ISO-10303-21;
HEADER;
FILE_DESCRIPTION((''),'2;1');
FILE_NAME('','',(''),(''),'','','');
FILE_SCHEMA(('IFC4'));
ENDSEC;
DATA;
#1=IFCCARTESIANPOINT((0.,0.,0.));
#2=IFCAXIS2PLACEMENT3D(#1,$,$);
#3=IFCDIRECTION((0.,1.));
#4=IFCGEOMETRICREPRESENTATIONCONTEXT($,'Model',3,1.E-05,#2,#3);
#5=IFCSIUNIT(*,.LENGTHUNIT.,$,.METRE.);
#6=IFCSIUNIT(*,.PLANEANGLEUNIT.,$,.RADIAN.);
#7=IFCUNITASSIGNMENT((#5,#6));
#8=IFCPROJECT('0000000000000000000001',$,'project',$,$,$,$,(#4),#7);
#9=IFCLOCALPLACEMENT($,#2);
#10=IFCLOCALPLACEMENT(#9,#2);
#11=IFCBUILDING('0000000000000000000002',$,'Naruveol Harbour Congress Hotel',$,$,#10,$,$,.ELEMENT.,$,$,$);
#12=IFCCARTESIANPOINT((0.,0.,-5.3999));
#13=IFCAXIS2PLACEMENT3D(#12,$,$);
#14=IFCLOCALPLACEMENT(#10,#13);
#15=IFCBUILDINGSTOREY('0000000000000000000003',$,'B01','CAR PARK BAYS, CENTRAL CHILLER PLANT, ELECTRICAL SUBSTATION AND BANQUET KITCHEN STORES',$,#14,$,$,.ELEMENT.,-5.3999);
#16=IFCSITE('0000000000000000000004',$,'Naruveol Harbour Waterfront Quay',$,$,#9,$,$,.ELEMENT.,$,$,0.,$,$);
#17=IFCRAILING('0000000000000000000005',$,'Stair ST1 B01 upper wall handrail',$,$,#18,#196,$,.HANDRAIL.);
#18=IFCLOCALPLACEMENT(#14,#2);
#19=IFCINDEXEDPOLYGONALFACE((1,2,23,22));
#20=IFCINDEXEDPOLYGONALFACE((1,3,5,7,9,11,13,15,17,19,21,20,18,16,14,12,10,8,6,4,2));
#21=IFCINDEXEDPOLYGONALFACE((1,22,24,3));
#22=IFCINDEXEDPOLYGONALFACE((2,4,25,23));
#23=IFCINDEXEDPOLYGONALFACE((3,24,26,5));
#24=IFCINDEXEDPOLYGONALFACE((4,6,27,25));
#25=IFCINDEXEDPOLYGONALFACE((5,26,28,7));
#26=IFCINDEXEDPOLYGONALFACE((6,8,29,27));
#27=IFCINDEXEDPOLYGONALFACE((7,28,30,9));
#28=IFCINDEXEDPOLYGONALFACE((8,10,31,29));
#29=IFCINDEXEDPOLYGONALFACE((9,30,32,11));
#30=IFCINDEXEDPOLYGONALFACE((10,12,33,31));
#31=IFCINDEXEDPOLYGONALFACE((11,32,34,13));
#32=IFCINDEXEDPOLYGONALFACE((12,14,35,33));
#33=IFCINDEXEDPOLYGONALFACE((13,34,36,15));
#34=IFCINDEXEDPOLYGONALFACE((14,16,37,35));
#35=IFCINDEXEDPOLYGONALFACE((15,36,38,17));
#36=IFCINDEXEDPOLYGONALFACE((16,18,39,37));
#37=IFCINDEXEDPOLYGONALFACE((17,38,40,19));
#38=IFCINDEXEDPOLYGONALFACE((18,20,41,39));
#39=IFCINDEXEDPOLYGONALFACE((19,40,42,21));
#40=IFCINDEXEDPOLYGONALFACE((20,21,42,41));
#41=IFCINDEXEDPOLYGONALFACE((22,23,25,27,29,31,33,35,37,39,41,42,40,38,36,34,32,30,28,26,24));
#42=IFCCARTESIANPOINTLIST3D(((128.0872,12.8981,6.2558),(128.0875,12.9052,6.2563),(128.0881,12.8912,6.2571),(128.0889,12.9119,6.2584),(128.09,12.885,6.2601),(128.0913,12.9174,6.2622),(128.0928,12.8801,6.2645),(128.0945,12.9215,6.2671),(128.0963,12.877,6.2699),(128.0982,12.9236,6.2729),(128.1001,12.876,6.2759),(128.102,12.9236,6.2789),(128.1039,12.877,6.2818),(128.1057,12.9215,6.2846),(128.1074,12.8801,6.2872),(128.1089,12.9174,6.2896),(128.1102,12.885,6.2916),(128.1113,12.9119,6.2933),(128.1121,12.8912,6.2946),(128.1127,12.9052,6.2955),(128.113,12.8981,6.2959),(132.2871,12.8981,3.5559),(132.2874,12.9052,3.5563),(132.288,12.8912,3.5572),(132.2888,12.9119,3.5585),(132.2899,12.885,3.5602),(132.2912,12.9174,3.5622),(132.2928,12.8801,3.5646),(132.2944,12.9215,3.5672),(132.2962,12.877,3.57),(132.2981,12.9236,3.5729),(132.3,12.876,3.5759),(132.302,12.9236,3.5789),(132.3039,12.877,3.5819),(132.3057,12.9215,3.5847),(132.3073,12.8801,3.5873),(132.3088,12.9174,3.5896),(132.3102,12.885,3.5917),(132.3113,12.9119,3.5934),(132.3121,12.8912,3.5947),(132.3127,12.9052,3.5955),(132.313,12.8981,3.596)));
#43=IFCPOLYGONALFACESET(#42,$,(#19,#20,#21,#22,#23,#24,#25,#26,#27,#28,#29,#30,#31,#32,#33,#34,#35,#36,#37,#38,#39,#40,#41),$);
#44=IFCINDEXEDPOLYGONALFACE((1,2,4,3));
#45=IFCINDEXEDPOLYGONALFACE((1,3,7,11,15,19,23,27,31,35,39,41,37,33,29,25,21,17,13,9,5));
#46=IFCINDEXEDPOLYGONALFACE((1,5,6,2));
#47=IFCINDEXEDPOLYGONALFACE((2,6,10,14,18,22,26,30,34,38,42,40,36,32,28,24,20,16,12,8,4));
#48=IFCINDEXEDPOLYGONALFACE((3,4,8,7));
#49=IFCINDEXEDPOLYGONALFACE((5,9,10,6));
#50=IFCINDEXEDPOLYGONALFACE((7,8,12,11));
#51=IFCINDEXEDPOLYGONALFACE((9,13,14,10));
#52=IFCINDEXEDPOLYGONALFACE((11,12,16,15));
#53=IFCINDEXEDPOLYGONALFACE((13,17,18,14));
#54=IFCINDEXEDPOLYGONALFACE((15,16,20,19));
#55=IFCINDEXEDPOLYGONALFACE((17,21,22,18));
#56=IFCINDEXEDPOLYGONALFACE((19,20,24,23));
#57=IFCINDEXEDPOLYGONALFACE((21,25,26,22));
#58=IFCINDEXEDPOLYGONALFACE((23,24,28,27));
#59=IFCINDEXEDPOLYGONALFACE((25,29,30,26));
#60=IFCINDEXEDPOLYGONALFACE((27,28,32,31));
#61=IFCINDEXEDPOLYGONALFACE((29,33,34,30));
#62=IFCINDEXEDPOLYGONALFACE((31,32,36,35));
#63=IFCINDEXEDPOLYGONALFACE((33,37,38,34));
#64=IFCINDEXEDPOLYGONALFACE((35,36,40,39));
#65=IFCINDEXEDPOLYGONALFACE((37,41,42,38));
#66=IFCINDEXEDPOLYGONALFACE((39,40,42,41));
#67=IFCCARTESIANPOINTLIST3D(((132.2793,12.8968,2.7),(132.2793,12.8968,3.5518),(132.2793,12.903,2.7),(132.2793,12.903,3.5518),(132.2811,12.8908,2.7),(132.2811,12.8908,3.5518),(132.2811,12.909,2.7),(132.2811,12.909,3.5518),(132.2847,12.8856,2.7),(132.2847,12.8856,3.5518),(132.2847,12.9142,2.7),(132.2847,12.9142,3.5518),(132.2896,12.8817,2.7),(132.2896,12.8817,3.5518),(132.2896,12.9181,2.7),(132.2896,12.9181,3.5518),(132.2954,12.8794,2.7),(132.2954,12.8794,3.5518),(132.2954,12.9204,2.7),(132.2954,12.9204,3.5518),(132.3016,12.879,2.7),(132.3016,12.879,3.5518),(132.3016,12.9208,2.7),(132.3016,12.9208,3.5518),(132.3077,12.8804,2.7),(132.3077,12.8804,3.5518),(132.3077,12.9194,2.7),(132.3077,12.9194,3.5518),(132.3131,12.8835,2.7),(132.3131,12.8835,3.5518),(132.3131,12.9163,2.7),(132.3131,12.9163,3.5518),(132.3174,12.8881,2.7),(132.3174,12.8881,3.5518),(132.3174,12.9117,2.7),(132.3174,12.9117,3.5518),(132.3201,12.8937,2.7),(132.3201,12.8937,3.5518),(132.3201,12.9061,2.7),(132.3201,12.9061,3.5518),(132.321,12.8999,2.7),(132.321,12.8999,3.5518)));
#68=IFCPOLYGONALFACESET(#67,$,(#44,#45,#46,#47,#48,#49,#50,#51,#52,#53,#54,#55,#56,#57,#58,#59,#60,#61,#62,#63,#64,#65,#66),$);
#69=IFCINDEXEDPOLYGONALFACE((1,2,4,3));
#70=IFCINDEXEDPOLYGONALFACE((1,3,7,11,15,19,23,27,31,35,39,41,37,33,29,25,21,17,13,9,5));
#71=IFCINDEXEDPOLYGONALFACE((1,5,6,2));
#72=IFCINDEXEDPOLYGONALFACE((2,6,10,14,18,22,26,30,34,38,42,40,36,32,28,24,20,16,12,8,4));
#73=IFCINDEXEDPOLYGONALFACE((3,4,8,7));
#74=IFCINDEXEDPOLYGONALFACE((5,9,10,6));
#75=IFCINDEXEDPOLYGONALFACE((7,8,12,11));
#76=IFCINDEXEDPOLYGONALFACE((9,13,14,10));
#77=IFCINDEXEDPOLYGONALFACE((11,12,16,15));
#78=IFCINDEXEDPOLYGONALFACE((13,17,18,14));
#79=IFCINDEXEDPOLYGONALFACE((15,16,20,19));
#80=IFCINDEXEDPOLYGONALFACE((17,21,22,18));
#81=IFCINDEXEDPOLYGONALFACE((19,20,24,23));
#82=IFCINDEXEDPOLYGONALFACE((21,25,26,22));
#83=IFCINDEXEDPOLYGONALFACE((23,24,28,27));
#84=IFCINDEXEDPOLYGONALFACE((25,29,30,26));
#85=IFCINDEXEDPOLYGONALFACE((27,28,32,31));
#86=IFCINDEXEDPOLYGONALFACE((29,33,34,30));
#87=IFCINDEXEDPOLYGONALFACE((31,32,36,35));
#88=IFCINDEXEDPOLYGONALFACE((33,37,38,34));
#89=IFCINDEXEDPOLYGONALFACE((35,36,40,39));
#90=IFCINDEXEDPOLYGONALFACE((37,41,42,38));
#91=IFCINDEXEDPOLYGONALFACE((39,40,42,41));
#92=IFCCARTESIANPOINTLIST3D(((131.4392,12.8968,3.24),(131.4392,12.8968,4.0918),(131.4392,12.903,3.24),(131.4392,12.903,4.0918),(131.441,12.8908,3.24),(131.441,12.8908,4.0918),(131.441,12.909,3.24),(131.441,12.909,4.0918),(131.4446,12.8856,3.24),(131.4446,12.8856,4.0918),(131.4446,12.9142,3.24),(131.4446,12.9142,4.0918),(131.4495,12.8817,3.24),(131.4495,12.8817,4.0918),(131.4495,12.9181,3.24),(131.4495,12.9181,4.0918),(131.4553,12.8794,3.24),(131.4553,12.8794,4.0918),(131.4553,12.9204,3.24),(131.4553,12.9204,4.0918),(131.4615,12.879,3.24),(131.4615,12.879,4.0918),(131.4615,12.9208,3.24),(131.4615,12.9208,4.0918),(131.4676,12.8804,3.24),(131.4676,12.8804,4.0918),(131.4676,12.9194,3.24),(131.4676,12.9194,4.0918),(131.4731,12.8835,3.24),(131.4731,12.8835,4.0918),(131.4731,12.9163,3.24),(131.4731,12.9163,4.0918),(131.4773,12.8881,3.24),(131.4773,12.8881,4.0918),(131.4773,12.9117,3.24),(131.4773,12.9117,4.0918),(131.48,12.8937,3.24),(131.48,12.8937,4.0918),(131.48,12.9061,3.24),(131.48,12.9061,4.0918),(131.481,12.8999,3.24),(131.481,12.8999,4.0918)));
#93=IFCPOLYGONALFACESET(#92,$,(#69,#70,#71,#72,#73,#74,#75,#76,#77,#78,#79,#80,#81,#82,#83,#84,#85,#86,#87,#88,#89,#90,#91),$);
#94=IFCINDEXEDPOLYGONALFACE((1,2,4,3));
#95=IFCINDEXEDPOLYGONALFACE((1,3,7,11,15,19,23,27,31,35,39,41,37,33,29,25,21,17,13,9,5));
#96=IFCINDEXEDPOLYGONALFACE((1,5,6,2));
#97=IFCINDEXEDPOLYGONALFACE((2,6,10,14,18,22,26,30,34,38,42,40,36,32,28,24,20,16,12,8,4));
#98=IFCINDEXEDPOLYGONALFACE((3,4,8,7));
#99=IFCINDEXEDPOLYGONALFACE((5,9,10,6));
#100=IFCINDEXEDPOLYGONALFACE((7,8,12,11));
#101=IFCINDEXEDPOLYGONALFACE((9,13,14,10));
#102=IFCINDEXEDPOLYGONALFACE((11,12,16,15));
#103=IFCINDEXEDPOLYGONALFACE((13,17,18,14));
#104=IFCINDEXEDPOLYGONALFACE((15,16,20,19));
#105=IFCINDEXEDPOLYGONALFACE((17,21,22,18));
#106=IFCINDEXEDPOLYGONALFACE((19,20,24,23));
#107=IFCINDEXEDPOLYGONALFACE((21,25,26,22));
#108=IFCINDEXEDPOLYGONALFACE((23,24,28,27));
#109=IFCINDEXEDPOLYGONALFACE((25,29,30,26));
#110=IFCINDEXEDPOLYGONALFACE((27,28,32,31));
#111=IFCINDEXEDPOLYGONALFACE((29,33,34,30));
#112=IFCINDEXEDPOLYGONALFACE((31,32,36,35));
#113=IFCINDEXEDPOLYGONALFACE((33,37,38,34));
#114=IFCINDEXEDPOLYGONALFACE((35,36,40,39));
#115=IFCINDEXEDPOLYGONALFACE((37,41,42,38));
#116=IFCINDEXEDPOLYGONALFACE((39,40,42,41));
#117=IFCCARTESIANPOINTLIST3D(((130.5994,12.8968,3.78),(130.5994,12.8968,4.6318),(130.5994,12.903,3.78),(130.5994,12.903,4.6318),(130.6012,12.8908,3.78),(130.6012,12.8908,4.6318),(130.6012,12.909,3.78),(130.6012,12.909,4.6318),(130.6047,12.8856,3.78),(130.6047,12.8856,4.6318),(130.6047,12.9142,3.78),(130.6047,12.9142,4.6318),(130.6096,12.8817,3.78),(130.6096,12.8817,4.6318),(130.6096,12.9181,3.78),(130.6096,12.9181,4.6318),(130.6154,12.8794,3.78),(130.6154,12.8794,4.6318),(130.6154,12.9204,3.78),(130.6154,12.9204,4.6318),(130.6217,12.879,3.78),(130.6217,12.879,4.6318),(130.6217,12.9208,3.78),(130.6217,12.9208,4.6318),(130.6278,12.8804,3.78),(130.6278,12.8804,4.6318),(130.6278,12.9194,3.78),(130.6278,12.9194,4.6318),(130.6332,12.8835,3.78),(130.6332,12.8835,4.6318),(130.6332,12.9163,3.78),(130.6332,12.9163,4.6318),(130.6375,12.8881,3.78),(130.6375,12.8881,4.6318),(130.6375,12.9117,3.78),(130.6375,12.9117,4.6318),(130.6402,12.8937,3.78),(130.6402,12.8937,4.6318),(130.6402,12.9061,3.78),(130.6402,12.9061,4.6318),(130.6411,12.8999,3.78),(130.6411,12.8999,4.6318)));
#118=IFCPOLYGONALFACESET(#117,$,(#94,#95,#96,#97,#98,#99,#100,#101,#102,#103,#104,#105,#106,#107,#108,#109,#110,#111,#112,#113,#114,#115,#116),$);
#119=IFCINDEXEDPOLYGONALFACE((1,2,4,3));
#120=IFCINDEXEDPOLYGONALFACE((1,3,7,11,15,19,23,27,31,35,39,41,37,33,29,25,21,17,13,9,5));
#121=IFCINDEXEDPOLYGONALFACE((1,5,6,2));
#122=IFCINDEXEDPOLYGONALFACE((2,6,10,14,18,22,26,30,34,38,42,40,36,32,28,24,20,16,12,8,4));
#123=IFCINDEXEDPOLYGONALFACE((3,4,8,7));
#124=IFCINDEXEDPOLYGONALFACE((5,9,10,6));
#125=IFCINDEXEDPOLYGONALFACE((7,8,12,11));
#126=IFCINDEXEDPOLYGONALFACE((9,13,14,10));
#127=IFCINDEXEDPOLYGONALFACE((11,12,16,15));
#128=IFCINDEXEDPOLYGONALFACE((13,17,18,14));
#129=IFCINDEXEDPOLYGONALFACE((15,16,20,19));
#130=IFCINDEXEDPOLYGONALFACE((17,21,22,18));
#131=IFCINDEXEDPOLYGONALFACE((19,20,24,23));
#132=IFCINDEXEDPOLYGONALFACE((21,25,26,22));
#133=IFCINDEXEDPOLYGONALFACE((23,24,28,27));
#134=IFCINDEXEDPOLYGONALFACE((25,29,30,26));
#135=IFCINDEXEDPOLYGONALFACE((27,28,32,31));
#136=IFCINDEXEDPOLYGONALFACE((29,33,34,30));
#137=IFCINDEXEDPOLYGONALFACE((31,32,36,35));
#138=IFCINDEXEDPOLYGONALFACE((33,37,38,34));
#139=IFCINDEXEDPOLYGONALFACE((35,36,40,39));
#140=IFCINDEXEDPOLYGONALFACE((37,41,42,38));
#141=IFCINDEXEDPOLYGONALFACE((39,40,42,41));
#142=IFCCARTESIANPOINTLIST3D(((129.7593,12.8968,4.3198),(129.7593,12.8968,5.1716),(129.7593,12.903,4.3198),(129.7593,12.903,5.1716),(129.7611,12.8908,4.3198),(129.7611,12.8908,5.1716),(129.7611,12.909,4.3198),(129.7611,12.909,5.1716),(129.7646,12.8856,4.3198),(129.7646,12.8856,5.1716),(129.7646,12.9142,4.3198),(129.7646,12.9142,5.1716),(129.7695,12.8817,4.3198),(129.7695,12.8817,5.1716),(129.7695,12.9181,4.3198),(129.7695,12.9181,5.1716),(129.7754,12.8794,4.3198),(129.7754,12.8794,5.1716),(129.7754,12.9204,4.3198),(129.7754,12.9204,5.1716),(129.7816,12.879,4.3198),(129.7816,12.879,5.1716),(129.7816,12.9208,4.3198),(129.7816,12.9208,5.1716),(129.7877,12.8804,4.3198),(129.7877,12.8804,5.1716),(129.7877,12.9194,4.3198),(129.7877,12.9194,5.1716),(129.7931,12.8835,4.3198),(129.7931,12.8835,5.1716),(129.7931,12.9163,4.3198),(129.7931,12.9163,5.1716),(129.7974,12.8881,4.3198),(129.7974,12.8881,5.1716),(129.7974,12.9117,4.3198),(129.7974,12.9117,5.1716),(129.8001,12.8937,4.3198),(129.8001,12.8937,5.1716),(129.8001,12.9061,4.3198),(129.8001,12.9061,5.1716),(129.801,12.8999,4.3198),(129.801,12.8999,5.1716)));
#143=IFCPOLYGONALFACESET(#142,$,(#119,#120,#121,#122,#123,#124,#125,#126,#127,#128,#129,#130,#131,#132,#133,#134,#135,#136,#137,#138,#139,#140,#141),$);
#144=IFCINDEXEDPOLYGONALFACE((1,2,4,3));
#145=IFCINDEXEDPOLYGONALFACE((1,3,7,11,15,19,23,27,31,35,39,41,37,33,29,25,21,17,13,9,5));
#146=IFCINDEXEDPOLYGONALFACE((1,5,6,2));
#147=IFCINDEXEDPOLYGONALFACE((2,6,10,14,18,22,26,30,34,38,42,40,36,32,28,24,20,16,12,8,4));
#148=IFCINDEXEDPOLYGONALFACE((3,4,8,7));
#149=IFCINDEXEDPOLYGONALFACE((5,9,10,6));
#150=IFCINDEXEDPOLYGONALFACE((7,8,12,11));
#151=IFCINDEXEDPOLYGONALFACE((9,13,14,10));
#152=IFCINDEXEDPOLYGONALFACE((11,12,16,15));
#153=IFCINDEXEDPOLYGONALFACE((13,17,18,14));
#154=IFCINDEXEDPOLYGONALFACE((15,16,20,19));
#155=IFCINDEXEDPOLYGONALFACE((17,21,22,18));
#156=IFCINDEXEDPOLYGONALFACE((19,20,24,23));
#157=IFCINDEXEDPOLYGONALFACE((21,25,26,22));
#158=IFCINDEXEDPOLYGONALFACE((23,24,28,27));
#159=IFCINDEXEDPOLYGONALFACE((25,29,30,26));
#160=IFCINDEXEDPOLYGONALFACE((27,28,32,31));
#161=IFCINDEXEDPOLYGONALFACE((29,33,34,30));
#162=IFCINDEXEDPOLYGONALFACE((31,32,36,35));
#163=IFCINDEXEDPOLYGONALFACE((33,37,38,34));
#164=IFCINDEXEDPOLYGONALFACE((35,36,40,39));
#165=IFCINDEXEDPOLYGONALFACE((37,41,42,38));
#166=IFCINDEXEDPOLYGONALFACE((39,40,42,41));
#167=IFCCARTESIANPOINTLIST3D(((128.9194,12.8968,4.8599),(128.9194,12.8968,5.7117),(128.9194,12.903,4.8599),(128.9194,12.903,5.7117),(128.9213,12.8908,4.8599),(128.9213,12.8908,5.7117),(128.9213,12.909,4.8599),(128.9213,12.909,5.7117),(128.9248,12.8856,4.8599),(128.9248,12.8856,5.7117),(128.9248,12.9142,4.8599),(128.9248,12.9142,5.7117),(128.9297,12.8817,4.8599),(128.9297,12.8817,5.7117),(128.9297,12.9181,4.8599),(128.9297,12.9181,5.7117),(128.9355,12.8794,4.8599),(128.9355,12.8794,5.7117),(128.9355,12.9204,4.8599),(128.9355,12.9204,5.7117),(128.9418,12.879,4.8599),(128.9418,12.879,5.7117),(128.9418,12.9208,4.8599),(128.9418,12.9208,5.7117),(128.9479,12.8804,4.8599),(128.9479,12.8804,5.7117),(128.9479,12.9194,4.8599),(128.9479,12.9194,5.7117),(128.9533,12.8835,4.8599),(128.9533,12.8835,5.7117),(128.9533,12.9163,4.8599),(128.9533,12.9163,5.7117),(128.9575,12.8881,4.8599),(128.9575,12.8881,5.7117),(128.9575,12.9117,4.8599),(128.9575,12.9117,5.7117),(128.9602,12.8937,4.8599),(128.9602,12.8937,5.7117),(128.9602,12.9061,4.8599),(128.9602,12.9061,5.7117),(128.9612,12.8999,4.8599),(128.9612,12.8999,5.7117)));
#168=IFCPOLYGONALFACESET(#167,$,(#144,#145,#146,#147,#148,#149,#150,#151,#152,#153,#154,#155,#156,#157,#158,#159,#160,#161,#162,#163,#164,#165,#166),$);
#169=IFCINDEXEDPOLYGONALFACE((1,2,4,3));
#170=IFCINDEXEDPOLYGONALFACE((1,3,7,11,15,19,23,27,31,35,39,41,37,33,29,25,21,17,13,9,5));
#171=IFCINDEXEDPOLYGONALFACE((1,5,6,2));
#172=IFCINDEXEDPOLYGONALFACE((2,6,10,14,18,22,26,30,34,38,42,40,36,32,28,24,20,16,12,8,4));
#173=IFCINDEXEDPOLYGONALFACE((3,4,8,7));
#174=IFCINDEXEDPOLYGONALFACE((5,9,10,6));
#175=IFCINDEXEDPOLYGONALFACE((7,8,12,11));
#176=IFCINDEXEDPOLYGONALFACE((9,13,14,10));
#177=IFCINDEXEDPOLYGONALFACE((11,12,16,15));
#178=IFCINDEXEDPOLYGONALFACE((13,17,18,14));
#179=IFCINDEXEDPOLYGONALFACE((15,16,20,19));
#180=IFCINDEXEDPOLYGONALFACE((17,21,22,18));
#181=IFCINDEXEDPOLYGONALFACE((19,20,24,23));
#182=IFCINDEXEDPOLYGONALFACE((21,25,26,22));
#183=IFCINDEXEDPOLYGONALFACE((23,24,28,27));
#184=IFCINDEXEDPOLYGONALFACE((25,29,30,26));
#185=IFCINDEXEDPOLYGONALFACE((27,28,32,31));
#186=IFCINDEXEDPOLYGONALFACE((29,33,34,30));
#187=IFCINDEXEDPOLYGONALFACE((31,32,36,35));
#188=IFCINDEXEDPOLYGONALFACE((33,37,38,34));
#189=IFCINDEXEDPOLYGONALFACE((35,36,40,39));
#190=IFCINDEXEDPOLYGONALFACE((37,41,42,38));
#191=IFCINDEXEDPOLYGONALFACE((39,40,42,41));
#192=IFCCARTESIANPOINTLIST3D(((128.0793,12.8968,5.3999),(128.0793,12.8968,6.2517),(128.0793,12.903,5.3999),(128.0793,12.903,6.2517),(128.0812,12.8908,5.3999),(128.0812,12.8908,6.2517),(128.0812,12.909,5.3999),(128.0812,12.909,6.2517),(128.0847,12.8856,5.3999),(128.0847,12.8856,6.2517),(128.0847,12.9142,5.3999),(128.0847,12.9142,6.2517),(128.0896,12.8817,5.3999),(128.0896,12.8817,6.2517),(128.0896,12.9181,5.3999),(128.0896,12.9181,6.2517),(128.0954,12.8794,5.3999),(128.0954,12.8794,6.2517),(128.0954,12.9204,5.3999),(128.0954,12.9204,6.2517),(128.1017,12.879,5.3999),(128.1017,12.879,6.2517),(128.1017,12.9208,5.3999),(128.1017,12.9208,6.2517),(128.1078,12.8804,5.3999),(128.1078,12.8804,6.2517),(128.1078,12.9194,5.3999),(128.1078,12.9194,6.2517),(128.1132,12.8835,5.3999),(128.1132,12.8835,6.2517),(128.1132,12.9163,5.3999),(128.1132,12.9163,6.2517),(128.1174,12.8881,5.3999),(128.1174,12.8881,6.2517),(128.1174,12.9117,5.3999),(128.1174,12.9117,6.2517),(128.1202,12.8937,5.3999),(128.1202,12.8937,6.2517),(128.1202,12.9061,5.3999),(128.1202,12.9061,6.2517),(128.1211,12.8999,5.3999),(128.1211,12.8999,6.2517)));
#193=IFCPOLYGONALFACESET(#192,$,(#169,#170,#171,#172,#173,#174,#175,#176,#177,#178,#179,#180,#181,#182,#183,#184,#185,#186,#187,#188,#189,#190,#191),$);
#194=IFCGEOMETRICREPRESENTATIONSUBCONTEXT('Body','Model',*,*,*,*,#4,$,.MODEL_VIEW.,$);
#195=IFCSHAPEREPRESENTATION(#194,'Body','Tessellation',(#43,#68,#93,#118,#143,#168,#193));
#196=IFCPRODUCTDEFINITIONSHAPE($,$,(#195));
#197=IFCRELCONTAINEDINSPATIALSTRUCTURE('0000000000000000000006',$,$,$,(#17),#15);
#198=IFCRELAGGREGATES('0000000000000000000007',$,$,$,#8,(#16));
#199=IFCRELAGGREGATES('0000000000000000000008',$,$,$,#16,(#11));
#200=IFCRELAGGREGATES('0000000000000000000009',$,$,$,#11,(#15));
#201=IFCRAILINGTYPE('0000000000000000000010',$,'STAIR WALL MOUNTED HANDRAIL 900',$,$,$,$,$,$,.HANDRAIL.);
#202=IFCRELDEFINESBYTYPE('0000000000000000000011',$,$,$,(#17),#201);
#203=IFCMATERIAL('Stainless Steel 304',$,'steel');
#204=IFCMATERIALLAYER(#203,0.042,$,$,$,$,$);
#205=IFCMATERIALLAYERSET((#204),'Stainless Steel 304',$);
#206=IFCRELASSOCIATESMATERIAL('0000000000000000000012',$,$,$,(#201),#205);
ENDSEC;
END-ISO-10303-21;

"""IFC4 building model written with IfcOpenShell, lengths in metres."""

from ifc_helpers import new_model, si_unit, direction, frame, origin, origin_2d, place, context, subcontext, project, spatial, circle, extrude, material, layer, layer_set, type_object, element, save


model = new_model("IFC4")

# Units and contexts
model_context = context("Model", 3, precision=1e-05, world=origin(), true_north=direction((0.0, 1.0)))
body_context = subcontext(model_context, "Body", "Model", "MODEL_VIEW")
ifc_project = project(units=[si_unit("LENGTHUNIT", "METRE"), si_unit("PLANEANGLEUNIT", "RADIAN")], contexts=[model_context])

# Site, building, storey
site_placement = place(None, origin())
site = spatial("IfcSite", under=ifc_project, at=site_placement, Name="Naruveol Harbour Waterfront Quay", CompositionType="ELEMENT", RefElevation=0.0)
building_placement = place(site_placement, origin())
building = spatial("IfcBuilding", under=site, at=building_placement, Name="Naruveol Harbour Congress Hotel", CompositionType="ELEMENT")
storey_placement = place(building_placement, frame((0.0, 0.0, -5.3999)))
storey = spatial("IfcBuildingStorey", under=building, at=storey_placement, Name="B01", Description="CAR PARK BAYS, CENTRAL CHILLER PLANT, ELECTRICAL SUBSTATION AND BANQUET KITCHEN STORES", CompositionType="ELEMENT", Elevation=-5.3999)

# Railing
ifc_material_1 = material(Name="Stainless Steel 304", Category="steel")
ifc_layer_1 = layer(ifc_material_1, 0.042)
ifc_layer_set_1 = layer_set([ifc_layer_1], Name="Stainless Steel 304")
railing_type_1 = type_object("IfcRailingType", Name="STAIR WALL MOUNTED HANDRAIL 900", PredefinedType="HANDRAIL", material=ifc_layer_set_1)
railing_1_placement = place(storey_placement, frame((132.3, 12.8999, 2.7)))
element("IfcRailing", 1, at=railing_1_placement, inside=storey, type_object=railing_type_1, Name="Stair ST1 B01 upper wall handrail", PredefinedType="HANDRAIL", context=body_context, shape_type="SweptSolid", body=[
    extrude(circle(Radius=0.0239, at=origin_2d()), frame((0.0, 0.0, 0.876), z_axis=(-0.84118, 0.0, 0.540755), x_axis=(0.0, -1.0, 0.0)), (0.0, 0.0, 1.0), 4.9929),
    extrude(circle(Radius=0.021, at=origin_2d()), origin(), (0.0, 0.0, 1.0), 0.8518),
    extrude(circle(Radius=0.021, at=origin_2d()), frame((-0.8401, 0.0, 0.54)), (0.0, 0.0, 1.0), 0.8518),
    extrude(circle(Radius=0.021, at=origin_2d()), frame((-1.6799, 0.0, 1.0801)), (0.0, 0.0, 1.0), 0.8518),
    extrude(circle(Radius=0.021, at=origin_2d()), frame((-2.52, 0.0, 1.6199)), (0.0, 0.0, 1.0), 0.8518),
    extrude(circle(Radius=0.021, at=origin_2d()), frame((-3.3599, 0.0, 2.1599)), (0.0, 0.0, 1.0), 0.8518),
    extrude(circle(Radius=0.021, at=origin_2d()), frame((-4.2, 0.0, 2.7)), (0.0, 0.0, 1.0), 0.8518),
])

save(model, "model.ifc")
